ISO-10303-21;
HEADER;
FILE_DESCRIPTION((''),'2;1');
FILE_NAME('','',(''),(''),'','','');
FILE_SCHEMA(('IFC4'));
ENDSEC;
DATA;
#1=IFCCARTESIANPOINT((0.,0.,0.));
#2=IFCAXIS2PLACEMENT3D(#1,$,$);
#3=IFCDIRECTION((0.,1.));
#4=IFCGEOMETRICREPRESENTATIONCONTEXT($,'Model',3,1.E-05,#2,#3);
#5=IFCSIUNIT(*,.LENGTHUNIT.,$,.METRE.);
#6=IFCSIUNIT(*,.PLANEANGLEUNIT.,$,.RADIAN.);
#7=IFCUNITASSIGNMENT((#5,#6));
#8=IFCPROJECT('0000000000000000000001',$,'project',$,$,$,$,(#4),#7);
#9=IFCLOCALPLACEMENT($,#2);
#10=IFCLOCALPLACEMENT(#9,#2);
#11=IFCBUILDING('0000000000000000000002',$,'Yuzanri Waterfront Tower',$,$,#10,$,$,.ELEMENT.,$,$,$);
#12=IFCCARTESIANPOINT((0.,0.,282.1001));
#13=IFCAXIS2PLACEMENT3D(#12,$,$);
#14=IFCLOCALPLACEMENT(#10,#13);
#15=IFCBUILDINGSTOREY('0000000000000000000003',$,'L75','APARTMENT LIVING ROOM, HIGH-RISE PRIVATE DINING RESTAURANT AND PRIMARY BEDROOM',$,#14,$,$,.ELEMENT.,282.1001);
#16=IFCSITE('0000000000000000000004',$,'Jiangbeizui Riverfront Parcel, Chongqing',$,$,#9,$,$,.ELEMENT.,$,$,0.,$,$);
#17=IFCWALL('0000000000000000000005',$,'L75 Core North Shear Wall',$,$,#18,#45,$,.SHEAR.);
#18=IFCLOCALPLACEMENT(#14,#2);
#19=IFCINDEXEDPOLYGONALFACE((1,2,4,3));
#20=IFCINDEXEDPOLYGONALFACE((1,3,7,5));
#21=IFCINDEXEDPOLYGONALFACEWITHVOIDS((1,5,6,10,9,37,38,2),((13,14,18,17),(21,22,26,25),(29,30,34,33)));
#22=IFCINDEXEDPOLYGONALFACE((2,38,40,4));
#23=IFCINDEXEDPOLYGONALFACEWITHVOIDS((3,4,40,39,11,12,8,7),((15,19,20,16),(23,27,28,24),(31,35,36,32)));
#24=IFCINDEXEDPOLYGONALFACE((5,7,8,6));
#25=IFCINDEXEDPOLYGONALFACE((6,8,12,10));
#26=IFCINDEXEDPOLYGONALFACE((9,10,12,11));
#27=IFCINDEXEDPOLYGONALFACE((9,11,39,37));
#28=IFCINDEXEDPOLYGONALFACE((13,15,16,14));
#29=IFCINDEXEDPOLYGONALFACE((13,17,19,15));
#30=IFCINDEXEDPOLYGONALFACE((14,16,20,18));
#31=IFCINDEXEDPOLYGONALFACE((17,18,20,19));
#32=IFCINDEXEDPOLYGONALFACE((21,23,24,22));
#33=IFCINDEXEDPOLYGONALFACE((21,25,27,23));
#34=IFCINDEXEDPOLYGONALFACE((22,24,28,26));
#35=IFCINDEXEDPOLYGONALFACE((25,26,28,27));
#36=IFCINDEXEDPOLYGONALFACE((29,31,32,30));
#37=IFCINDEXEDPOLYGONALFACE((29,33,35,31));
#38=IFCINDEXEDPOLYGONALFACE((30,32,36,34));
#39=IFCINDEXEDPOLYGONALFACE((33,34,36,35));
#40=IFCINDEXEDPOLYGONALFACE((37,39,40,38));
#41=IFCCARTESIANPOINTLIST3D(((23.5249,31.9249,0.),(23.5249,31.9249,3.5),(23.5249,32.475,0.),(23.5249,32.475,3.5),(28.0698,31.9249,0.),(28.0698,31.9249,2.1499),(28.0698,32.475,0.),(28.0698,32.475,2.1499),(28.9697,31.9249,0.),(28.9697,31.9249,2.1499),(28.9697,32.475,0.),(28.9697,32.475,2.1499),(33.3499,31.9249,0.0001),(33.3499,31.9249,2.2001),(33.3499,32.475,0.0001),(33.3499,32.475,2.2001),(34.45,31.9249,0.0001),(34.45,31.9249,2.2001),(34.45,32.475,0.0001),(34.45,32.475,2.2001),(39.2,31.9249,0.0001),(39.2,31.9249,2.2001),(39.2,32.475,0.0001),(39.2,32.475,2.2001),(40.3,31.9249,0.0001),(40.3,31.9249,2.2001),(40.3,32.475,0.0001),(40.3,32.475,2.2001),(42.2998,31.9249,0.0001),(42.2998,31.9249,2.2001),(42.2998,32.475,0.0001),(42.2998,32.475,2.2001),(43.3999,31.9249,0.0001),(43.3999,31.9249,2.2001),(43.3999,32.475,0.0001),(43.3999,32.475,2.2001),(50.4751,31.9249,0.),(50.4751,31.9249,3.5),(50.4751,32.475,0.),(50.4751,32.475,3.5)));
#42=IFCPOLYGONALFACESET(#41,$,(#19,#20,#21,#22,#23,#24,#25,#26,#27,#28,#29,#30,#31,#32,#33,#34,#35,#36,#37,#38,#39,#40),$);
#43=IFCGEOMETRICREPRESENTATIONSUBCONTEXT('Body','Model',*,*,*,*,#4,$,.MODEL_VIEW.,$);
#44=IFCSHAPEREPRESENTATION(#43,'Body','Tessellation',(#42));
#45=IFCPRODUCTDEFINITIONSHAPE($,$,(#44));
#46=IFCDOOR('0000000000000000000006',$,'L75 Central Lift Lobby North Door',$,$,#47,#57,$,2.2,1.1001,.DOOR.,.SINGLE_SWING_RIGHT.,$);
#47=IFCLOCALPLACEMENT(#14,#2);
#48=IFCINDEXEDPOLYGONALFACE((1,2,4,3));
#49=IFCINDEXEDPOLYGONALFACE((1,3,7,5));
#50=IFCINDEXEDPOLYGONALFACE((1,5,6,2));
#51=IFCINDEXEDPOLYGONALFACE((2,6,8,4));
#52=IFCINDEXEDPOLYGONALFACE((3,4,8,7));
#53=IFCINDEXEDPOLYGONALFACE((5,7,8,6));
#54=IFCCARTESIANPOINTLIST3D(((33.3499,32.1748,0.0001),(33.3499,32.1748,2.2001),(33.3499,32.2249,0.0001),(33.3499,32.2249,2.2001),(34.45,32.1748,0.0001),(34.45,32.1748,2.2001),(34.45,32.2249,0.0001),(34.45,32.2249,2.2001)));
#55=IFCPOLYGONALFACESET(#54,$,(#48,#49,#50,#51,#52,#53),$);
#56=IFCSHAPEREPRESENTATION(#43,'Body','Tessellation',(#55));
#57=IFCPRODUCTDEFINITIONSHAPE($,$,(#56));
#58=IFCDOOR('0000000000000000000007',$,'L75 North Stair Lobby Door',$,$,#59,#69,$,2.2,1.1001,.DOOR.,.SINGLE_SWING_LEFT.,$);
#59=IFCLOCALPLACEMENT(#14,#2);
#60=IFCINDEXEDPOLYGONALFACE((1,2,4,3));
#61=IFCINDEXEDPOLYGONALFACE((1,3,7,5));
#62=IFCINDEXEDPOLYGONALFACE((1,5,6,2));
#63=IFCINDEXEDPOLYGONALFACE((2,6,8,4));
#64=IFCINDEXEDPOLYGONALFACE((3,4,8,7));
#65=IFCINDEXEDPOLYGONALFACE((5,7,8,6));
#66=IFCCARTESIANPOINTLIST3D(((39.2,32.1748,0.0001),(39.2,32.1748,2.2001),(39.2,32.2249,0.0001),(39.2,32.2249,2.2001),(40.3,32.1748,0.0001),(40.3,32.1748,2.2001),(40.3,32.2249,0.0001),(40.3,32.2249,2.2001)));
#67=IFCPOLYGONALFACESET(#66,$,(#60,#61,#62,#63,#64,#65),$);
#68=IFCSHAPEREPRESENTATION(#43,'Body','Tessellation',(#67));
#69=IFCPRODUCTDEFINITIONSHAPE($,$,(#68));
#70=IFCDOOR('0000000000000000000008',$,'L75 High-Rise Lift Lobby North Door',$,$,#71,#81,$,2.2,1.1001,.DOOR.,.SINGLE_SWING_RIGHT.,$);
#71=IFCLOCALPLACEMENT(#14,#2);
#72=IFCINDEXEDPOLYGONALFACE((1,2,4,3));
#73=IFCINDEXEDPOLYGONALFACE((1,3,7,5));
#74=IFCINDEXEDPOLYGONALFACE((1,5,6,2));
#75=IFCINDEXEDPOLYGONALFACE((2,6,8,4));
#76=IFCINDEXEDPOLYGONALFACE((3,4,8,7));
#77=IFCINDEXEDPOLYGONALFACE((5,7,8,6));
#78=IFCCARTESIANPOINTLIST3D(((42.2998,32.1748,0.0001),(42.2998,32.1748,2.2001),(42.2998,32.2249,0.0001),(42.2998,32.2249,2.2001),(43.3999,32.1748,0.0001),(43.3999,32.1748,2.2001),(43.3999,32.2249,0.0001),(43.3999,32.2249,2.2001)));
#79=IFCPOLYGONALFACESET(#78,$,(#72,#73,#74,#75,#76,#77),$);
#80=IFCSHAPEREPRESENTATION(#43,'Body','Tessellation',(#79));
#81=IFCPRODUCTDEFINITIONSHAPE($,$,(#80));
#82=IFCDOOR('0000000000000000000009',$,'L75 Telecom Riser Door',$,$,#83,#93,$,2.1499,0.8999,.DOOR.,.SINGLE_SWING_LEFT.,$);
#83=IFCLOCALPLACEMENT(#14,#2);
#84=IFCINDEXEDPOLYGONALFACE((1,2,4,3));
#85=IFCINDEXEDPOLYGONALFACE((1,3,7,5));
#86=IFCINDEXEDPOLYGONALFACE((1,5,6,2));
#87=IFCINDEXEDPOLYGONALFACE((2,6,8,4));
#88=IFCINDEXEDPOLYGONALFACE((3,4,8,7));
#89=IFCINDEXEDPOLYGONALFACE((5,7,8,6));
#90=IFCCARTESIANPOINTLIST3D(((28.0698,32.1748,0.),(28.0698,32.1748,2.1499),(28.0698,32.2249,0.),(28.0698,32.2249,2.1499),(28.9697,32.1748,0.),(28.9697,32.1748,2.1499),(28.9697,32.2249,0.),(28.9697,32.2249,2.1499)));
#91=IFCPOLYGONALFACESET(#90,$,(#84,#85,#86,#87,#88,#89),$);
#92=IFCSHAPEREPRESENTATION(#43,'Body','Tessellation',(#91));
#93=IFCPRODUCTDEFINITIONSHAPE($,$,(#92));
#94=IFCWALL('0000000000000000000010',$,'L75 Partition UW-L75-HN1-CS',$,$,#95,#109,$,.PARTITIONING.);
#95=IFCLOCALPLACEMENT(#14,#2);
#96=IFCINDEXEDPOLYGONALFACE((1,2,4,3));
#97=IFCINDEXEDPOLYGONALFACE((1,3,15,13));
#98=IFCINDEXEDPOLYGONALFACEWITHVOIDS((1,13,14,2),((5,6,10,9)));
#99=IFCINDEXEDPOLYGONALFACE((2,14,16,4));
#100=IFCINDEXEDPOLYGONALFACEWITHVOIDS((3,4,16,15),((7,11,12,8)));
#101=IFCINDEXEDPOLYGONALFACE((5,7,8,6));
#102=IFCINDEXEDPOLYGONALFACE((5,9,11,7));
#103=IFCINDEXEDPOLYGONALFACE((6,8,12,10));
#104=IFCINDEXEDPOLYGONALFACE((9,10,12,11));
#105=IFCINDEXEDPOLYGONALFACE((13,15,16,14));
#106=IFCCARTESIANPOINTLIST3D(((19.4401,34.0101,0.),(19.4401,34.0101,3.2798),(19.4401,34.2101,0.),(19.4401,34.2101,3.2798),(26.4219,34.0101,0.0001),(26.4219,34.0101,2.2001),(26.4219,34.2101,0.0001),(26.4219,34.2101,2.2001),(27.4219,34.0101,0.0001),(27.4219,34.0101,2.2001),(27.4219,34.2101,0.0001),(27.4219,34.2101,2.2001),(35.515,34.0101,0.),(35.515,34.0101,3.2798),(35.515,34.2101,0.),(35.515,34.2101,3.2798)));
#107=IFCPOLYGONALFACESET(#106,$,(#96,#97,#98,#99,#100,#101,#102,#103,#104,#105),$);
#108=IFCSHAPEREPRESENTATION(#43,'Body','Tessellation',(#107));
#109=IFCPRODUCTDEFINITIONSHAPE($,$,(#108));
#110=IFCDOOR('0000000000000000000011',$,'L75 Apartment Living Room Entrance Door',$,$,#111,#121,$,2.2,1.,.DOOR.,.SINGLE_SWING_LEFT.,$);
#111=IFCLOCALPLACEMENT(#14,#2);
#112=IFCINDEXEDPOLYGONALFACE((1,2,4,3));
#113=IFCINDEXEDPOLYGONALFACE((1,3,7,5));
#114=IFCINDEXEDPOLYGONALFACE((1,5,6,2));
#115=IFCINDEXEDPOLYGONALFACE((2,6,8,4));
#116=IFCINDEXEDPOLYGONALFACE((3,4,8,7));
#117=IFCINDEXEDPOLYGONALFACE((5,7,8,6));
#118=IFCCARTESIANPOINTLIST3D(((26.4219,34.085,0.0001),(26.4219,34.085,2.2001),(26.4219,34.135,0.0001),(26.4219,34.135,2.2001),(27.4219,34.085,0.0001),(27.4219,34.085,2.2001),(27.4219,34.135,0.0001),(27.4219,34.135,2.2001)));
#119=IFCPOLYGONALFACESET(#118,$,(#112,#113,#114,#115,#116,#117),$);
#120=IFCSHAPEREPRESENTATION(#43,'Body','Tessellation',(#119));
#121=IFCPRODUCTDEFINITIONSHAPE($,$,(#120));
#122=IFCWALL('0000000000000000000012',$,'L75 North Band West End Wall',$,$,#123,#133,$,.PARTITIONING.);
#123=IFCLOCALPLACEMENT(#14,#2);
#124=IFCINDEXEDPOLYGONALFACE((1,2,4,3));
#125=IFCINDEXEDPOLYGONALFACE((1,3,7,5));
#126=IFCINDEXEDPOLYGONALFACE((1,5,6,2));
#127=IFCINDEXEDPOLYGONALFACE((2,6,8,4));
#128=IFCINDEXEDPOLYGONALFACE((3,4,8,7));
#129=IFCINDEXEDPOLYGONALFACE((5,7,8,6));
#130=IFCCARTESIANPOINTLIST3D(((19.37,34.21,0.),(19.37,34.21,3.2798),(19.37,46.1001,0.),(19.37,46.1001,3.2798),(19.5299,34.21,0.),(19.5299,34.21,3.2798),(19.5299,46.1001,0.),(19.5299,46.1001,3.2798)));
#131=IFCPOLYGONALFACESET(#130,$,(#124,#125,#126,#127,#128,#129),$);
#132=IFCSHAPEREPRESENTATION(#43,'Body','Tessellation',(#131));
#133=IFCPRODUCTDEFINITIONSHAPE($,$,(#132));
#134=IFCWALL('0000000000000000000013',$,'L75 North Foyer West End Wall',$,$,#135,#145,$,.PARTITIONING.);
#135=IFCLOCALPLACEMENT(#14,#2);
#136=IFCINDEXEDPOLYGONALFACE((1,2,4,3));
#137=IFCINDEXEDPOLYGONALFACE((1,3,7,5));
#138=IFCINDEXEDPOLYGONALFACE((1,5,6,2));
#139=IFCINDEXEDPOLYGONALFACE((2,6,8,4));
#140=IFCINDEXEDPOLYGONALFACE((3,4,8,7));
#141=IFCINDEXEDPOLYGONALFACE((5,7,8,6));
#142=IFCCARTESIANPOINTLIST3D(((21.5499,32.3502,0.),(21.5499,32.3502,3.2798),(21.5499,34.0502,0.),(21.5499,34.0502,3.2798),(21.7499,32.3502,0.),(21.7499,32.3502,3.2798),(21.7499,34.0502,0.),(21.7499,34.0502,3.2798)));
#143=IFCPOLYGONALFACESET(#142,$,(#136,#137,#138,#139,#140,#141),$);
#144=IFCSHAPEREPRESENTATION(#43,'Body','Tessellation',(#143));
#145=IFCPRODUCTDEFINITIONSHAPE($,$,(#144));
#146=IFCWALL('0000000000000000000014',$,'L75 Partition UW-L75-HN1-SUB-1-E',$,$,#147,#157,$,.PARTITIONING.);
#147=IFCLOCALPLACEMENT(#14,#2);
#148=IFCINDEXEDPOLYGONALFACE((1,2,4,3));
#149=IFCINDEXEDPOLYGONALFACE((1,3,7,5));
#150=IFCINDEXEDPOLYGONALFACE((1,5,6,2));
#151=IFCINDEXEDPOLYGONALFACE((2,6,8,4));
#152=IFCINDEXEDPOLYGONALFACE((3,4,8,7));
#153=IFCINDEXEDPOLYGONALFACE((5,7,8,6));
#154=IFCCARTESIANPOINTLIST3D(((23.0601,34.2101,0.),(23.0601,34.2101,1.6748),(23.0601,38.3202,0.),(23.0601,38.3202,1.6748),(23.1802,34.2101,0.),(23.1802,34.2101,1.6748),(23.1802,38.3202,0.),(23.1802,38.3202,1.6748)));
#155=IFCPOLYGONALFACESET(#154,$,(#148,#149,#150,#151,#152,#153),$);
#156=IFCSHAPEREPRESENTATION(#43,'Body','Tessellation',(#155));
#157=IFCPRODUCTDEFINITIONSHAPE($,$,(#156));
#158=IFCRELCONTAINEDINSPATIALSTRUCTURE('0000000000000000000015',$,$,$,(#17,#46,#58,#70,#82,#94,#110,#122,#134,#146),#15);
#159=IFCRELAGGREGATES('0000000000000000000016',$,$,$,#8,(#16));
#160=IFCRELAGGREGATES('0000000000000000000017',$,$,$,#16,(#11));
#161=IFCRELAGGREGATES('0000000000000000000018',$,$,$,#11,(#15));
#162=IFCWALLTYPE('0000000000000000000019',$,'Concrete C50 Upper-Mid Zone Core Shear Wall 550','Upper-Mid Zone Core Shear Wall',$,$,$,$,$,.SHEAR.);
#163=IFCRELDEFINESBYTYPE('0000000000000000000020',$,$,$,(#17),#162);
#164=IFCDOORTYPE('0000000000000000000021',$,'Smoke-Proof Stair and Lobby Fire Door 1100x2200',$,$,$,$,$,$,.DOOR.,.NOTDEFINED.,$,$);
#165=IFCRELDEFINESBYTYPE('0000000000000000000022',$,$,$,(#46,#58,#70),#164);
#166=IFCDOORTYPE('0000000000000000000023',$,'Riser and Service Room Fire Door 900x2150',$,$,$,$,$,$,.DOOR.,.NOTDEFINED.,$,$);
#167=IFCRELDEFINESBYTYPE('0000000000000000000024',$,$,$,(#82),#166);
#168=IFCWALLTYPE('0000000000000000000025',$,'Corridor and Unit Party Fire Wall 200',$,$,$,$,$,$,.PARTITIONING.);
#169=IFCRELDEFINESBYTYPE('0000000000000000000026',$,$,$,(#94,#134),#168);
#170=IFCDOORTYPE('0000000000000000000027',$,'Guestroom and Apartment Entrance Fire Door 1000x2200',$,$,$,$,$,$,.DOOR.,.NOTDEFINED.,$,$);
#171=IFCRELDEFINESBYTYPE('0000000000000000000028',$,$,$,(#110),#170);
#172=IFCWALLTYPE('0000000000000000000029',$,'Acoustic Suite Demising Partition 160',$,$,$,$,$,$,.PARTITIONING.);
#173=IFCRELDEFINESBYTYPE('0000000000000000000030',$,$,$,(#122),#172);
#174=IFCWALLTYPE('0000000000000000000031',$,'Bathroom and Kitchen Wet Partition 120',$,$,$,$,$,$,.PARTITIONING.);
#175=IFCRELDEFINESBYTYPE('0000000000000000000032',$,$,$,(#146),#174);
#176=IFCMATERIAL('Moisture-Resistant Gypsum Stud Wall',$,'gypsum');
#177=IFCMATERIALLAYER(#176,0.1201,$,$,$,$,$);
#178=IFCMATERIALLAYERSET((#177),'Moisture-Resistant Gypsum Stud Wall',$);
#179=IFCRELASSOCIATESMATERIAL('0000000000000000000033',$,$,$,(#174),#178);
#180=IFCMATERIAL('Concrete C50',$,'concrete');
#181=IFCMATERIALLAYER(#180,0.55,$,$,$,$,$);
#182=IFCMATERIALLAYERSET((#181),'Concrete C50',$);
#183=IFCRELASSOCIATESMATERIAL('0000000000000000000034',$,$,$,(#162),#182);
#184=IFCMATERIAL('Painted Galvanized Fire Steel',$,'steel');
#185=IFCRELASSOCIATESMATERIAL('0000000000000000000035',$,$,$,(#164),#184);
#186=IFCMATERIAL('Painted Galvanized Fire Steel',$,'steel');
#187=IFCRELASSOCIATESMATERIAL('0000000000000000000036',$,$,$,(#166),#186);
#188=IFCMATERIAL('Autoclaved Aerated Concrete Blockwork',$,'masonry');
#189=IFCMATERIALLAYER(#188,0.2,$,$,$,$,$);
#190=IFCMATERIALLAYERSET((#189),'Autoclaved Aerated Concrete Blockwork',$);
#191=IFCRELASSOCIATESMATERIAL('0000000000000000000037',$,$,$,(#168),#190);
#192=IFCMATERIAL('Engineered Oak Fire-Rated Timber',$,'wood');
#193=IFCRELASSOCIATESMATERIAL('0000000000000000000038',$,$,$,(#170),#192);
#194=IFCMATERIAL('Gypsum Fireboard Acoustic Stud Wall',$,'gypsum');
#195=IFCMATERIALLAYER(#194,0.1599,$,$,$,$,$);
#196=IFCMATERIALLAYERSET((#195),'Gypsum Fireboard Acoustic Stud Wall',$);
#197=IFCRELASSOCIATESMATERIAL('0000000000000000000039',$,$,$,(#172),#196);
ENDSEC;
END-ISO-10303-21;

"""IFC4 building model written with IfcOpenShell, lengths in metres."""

from ifc_helpers import new_model, si_unit, direction, frame, frame_2d, origin, place, context, subcontext, project, spatial, rectangle, extrude, source, transform, mapped, material, layer, layer_set, type_object, element, fill, save


model = new_model("IFC4")

# Units and contexts
model_context = context("Model", 3, precision=1e-05, world=origin(), true_north=direction((0.0, 1.0)))
body_context = subcontext(model_context, "Body", "Model", "MODEL_VIEW")
ifc_project = project(units=[si_unit("LENGTHUNIT", "METRE"), si_unit("PLANEANGLEUNIT", "RADIAN")], contexts=[model_context])

# Site, building, storey
site_placement = place(None, origin())
site = spatial("IfcSite", under=ifc_project, at=site_placement, Name="Jiangbeizui Riverfront Parcel, Chongqing", CompositionType="ELEMENT", RefElevation=0.0)
building_placement = place(site_placement, origin())
building = spatial("IfcBuilding", under=site, at=building_placement, Name="Yuzanri Waterfront Tower", CompositionType="ELEMENT")
storey_placement = place(building_placement, frame((0.0, 0.0, 282.1001)))
storey = spatial("IfcBuildingStorey", under=building, at=storey_placement, Name="L75", Description="APARTMENT LIVING ROOM, HIGH-RISE PRIVATE DINING RESTAURANT AND PRIMARY BEDROOM", CompositionType="ELEMENT", Elevation=282.1001)

# Shared definitions
ifc_material_1 = material(Name="Moisture-Resistant Gypsum Stud Wall", Category="gypsum")
ifc_layer_1 = layer(ifc_material_1, 0.1201)
ifc_layer_set_1 = layer_set([ifc_layer_1], Name="Moisture-Resistant Gypsum Stud Wall")
wall_type_1 = type_object("IfcWallType", Name="Bathroom and Kitchen Wet Partition 120", PredefinedType="PARTITIONING", material=ifc_layer_set_1)

# Wall, openings, doors
ifc_material_2 = material(Name="Concrete C50", Category="concrete")
ifc_layer_2 = layer(ifc_material_2, 0.55)
ifc_layer_set_2 = layer_set([ifc_layer_2], Name="Concrete C50")
wall_type_2 = type_object("IfcWallType", Name="Concrete C50 Upper-Mid Zone Core Shear Wall 550", Description="Upper-Mid Zone Core Shear Wall", PredefinedType="SHEAR", material=ifc_layer_set_2)
wall_1_placement = place(storey_placement, frame((23.5249, 32.2, 0.0), z_axis=(0.0, 0.0, 1.0), x_axis=(1.0, 0.0, 0.0)))
wall_1 = element("IfcWall", 1, at=wall_1_placement, inside=storey, type_object=wall_type_2, Name="L75 Core North Shear Wall", PredefinedType="SHEAR", context=body_context, shape_type="SweptSolid", body=[
    extrude(rectangle(XDim=26.9502, YDim=0.55, at=frame_2d((13.4751, 0.0))), origin(), (0.0, 0.0, 1.0), 3.5),
])
opening_1_placement = place(wall_1_placement, frame((4.5449, 0.0, 0.0)))
opening_1 = element("IfcOpeningElement", 2, at=opening_1_placement, cuts=wall_1, PredefinedType="OPENING", context=body_context, shape_type="SweptSolid", body=[
    extrude(rectangle(XDim=0.8999, YDim=2.1499, at=frame_2d((0.45, 1.075))), frame((0.0, 0.29, 0.0), z_axis=(0.0, -1.0, 0.0), x_axis=(1.0, 0.0, 0.0)), (0.0, 0.0, 1.0), 0.5798),
])
opening_2_placement = place(wall_1_placement, frame((9.825, 0.0, 0.0)))
opening_2 = element("IfcOpeningElement", 3, at=opening_2_placement, cuts=wall_1, PredefinedType="OPENING", context=body_context, shape_type="SweptSolid", body=[
    extrude(rectangle(XDim=1.1001, YDim=2.2, at=frame_2d((0.55, 1.1001))), frame((0.0, 0.29, 0.0), z_axis=(0.0, -1.0, 0.0), x_axis=(1.0, 0.0, 0.0)), (0.0, 0.0, 1.0), 0.5798),
])
opening_3_placement = place(wall_1_placement, frame((15.675, 0.0, 0.0)))
opening_3 = element("IfcOpeningElement", 4, at=opening_3_placement, cuts=wall_1, PredefinedType="OPENING", context=body_context, shape_type="SweptSolid", body=[
    extrude(rectangle(XDim=1.1001, YDim=2.2, at=frame_2d((0.55, 1.1001))), frame((0.0, 0.29, 0.0), z_axis=(0.0, -1.0, 0.0), x_axis=(1.0, 0.0, 0.0)), (0.0, 0.0, 1.0), 0.5798),
])
opening_4_placement = place(wall_1_placement, frame((18.7749, 0.0, 0.0)))
opening_4 = element("IfcOpeningElement", 5, at=opening_4_placement, cuts=wall_1, PredefinedType="OPENING", context=body_context, shape_type="SweptSolid", body=[
    extrude(rectangle(XDim=1.1001, YDim=2.2, at=frame_2d((0.55, 1.1001))), frame((0.0, 0.29, 0.0), z_axis=(0.0, -1.0, 0.0), x_axis=(1.0, 0.0, 0.0)), (0.0, 0.0, 1.0), 0.5798),
])
ifc_material_3 = material(Name="Painted Galvanized Fire Steel", Category="steel")
door_type_1 = type_object("IfcDoorType", Name="Smoke-Proof Stair and Lobby Fire Door 1100x2200", OperationType="NOTDEFINED", PredefinedType="DOOR", material=ifc_material_3)
shared_shape_1 = source(origin(), body_context, "Body", "SweptSolid", [
    extrude(rectangle(XDim=1.1001, YDim=2.2, at=frame_2d((0.55, 1.1001))), frame((0.0, 0.0249, 0.0), z_axis=(0.0, -1.0, 0.0), x_axis=(1.0, 0.0, 0.0)), (0.0, 0.0, 1.0), 0.05),
])
door_1_placement = place(opening_2_placement, origin())
door_1 = element("IfcDoor", 6, at=door_1_placement, inside=storey, type_object=door_type_1, Name="L75 Central Lift Lobby North Door", OperationType="SINGLE_SWING_RIGHT", OverallHeight=2.2, OverallWidth=1.1001, PredefinedType="DOOR", context=body_context, shape_type="MappedRepresentation", body=[
    mapped(shared_shape_1, transform((0.0, 0.0, 0.0), scale=1.0)),
])
fill(opening_2, door_1)
door_2_placement = place(opening_3_placement, origin())
door_2 = element("IfcDoor", 7, at=door_2_placement, inside=storey, type_object=door_type_1, Name="L75 North Stair Lobby Door", OperationType="SINGLE_SWING_LEFT", OverallHeight=2.2, OverallWidth=1.1001, PredefinedType="DOOR", context=body_context, shape_type="MappedRepresentation", body=[
    mapped(shared_shape_1, transform((0.0, 0.0, 0.0), scale=1.0)),
])
fill(opening_3, door_2)
door_3_placement = place(opening_4_placement, origin())
door_3 = element("IfcDoor", 8, at=door_3_placement, inside=storey, type_object=door_type_1, Name="L75 High-Rise Lift Lobby North Door", OperationType="SINGLE_SWING_RIGHT", OverallHeight=2.2, OverallWidth=1.1001, PredefinedType="DOOR", context=body_context, shape_type="MappedRepresentation", body=[
    mapped(shared_shape_1, transform((0.0, 0.0, 0.0), scale=1.0)),
])
fill(opening_4, door_3)
ifc_material_4 = material(Name="Painted Galvanized Fire Steel", Category="steel")
door_type_2 = type_object("IfcDoorType", Name="Riser and Service Room Fire Door 900x2150", OperationType="NOTDEFINED", PredefinedType="DOOR", material=ifc_material_4)
shared_shape_2 = source(origin(), body_context, "Body", "SweptSolid", [
    extrude(rectangle(XDim=0.8999, YDim=2.1499, at=frame_2d((0.45, 1.075))), frame((0.0, 0.0249, 0.0), z_axis=(0.0, -1.0, 0.0), x_axis=(1.0, 0.0, 0.0)), (0.0, 0.0, 1.0), 0.05),
])
door_4_placement = place(opening_1_placement, origin())
door_4 = element("IfcDoor", 9, at=door_4_placement, inside=storey, type_object=door_type_2, Name="L75 Telecom Riser Door", OperationType="SINGLE_SWING_LEFT", OverallHeight=2.1499, OverallWidth=0.8999, PredefinedType="DOOR", context=body_context, shape_type="MappedRepresentation", body=[
    mapped(shared_shape_2, transform((0.0, 0.0, 0.0), scale=1.0)),
])
fill(opening_1, door_4)

# Wall, opening, door
ifc_material_5 = material(Name="Autoclaved Aerated Concrete Blockwork", Category="masonry")
ifc_layer_3 = layer(ifc_material_5, 0.2)
ifc_layer_set_3 = layer_set([ifc_layer_3], Name="Autoclaved Aerated Concrete Blockwork")
wall_type_3 = type_object("IfcWallType", Name="Corridor and Unit Party Fire Wall 200", PredefinedType="PARTITIONING", material=ifc_layer_set_3)
wall_2_placement = place(storey_placement, frame((19.4399, 34.1101, 0.0), z_axis=(0.0, 0.0, 1.0), x_axis=(1.0, 0.0, 0.0)))
wall_2 = element("IfcWall", 10, at=wall_2_placement, inside=storey, type_object=wall_type_3, Name="L75 Partition UW-L75-HN1-CS", PredefinedType="PARTITIONING", context=body_context, shape_type="SweptSolid", body=[
    extrude(rectangle(XDim=16.075, YDim=0.2, at=frame_2d((8.0376, 0.0))), origin(), (0.0, 0.0, 1.0), 3.2798),
])
opening_5_placement = place(wall_2_placement, frame((6.9819, 0.0, 0.0)))
opening_5 = element("IfcOpeningElement", 11, at=opening_5_placement, cuts=wall_2, PredefinedType="OPENING", context=body_context, shape_type="SweptSolid", body=[
    extrude(rectangle(XDim=1.0, YDim=2.2, at=frame_2d((0.5, 1.1001))), frame((0.0, 0.1147, 0.0), z_axis=(0.0, -1.0, 0.0), x_axis=(1.0, 0.0, 0.0)), (0.0, 0.0, 1.0), 0.2297),
])
ifc_material_6 = material(Name="Engineered Oak Fire-Rated Timber", Category="wood")
door_type_3 = type_object("IfcDoorType", Name="Guestroom and Apartment Entrance Fire Door 1000x2200", OperationType="NOTDEFINED", PredefinedType="DOOR", material=ifc_material_6)
shared_shape_3 = source(origin(), body_context, "Body", "SweptSolid", [
    extrude(rectangle(XDim=1.0, YDim=2.2, at=frame_2d((0.5, 1.1001))), frame((0.0, 0.0249, 0.0), z_axis=(0.0, -1.0, 0.0), x_axis=(1.0, 0.0, 0.0)), (0.0, 0.0, 1.0), 0.05),
])
door_5_placement = place(opening_5_placement, origin())
door_5 = element("IfcDoor", 12, at=door_5_placement, inside=storey, type_object=door_type_3, Name="L75 Apartment Living Room Entrance Door", OperationType="SINGLE_SWING_LEFT", OverallHeight=2.2, OverallWidth=1.0, PredefinedType="DOOR", context=body_context, shape_type="MappedRepresentation", body=[
    mapped(shared_shape_3, transform((0.0, 0.0, 0.0), scale=1.0)),
])
fill(opening_5, door_5)

# Walls
ifc_material_7 = material(Name="Gypsum Fireboard Acoustic Stud Wall", Category="gypsum")
ifc_layer_4 = layer(ifc_material_7, 0.1599)
ifc_layer_set_4 = layer_set([ifc_layer_4], Name="Gypsum Fireboard Acoustic Stud Wall")
wall_type_4 = type_object("IfcWallType", Name="Acoustic Suite Demising Partition 160", PredefinedType="PARTITIONING", material=ifc_layer_set_4)
shared_shape_4 = source(origin(), body_context, "Body", "SweptSolid", [
    extrude(rectangle(XDim=11.8901, YDim=0.1599, at=frame_2d((5.9451, 0.0))), origin(), (0.0, 0.0, 1.0), 3.2798),
])
wall_3_placement = place(storey_placement, frame((19.45, 34.21, 0.0), z_axis=(0.0, 0.0, 1.0), x_axis=(0.0, 1.0, 0.0)))
element("IfcWall", 13, at=wall_3_placement, inside=storey, type_object=wall_type_4, Name="L75 North Band West End Wall", PredefinedType="PARTITIONING", context=body_context, shape_type="MappedRepresentation", body=[
    mapped(shared_shape_4, transform((0.0, 0.0, 0.0), scale=1.0)),
])
shared_shape_5 = source(origin(), body_context, "Body", "SweptSolid", [
    extrude(rectangle(XDim=1.7, YDim=0.2, at=frame_2d((0.8501, 0.0))), origin(), (0.0, 0.0, 1.0), 3.2798),
])
wall_4_placement = place(storey_placement, frame((21.6499, 32.3501, 0.0), z_axis=(0.0, 0.0, 1.0), x_axis=(0.0, 1.0, 0.0)))
element("IfcWall", 14, at=wall_4_placement, inside=storey, type_object=wall_type_3, Name="L75 North Foyer West End Wall", PredefinedType="PARTITIONING", context=body_context, shape_type="MappedRepresentation", body=[
    mapped(shared_shape_5, transform((0.0, 0.0, 0.0), scale=1.0)),
])
shared_shape_6 = source(origin(), body_context, "Body", "SweptSolid", [
    extrude(rectangle(XDim=4.1101, YDim=0.1201, at=frame_2d((2.0552, 0.0))), origin(), (0.0, 0.0, 1.0), 1.6748),
])
wall_5_placement = place(storey_placement, frame((23.1201, 34.21, 0.0), z_axis=(0.0, 0.0, 1.0), x_axis=(0.0, 1.0, 0.0)))
element("IfcWall", 15, at=wall_5_placement, inside=storey, type_object=wall_type_1, Name="L75 Partition UW-L75-HN1-SUB-1-E", PredefinedType="PARTITIONING", context=body_context, shape_type="MappedRepresentation", body=[
    mapped(shared_shape_6, transform((0.0, 0.0, 0.0), scale=1.0)),
])

save(model, "model.ifc")
